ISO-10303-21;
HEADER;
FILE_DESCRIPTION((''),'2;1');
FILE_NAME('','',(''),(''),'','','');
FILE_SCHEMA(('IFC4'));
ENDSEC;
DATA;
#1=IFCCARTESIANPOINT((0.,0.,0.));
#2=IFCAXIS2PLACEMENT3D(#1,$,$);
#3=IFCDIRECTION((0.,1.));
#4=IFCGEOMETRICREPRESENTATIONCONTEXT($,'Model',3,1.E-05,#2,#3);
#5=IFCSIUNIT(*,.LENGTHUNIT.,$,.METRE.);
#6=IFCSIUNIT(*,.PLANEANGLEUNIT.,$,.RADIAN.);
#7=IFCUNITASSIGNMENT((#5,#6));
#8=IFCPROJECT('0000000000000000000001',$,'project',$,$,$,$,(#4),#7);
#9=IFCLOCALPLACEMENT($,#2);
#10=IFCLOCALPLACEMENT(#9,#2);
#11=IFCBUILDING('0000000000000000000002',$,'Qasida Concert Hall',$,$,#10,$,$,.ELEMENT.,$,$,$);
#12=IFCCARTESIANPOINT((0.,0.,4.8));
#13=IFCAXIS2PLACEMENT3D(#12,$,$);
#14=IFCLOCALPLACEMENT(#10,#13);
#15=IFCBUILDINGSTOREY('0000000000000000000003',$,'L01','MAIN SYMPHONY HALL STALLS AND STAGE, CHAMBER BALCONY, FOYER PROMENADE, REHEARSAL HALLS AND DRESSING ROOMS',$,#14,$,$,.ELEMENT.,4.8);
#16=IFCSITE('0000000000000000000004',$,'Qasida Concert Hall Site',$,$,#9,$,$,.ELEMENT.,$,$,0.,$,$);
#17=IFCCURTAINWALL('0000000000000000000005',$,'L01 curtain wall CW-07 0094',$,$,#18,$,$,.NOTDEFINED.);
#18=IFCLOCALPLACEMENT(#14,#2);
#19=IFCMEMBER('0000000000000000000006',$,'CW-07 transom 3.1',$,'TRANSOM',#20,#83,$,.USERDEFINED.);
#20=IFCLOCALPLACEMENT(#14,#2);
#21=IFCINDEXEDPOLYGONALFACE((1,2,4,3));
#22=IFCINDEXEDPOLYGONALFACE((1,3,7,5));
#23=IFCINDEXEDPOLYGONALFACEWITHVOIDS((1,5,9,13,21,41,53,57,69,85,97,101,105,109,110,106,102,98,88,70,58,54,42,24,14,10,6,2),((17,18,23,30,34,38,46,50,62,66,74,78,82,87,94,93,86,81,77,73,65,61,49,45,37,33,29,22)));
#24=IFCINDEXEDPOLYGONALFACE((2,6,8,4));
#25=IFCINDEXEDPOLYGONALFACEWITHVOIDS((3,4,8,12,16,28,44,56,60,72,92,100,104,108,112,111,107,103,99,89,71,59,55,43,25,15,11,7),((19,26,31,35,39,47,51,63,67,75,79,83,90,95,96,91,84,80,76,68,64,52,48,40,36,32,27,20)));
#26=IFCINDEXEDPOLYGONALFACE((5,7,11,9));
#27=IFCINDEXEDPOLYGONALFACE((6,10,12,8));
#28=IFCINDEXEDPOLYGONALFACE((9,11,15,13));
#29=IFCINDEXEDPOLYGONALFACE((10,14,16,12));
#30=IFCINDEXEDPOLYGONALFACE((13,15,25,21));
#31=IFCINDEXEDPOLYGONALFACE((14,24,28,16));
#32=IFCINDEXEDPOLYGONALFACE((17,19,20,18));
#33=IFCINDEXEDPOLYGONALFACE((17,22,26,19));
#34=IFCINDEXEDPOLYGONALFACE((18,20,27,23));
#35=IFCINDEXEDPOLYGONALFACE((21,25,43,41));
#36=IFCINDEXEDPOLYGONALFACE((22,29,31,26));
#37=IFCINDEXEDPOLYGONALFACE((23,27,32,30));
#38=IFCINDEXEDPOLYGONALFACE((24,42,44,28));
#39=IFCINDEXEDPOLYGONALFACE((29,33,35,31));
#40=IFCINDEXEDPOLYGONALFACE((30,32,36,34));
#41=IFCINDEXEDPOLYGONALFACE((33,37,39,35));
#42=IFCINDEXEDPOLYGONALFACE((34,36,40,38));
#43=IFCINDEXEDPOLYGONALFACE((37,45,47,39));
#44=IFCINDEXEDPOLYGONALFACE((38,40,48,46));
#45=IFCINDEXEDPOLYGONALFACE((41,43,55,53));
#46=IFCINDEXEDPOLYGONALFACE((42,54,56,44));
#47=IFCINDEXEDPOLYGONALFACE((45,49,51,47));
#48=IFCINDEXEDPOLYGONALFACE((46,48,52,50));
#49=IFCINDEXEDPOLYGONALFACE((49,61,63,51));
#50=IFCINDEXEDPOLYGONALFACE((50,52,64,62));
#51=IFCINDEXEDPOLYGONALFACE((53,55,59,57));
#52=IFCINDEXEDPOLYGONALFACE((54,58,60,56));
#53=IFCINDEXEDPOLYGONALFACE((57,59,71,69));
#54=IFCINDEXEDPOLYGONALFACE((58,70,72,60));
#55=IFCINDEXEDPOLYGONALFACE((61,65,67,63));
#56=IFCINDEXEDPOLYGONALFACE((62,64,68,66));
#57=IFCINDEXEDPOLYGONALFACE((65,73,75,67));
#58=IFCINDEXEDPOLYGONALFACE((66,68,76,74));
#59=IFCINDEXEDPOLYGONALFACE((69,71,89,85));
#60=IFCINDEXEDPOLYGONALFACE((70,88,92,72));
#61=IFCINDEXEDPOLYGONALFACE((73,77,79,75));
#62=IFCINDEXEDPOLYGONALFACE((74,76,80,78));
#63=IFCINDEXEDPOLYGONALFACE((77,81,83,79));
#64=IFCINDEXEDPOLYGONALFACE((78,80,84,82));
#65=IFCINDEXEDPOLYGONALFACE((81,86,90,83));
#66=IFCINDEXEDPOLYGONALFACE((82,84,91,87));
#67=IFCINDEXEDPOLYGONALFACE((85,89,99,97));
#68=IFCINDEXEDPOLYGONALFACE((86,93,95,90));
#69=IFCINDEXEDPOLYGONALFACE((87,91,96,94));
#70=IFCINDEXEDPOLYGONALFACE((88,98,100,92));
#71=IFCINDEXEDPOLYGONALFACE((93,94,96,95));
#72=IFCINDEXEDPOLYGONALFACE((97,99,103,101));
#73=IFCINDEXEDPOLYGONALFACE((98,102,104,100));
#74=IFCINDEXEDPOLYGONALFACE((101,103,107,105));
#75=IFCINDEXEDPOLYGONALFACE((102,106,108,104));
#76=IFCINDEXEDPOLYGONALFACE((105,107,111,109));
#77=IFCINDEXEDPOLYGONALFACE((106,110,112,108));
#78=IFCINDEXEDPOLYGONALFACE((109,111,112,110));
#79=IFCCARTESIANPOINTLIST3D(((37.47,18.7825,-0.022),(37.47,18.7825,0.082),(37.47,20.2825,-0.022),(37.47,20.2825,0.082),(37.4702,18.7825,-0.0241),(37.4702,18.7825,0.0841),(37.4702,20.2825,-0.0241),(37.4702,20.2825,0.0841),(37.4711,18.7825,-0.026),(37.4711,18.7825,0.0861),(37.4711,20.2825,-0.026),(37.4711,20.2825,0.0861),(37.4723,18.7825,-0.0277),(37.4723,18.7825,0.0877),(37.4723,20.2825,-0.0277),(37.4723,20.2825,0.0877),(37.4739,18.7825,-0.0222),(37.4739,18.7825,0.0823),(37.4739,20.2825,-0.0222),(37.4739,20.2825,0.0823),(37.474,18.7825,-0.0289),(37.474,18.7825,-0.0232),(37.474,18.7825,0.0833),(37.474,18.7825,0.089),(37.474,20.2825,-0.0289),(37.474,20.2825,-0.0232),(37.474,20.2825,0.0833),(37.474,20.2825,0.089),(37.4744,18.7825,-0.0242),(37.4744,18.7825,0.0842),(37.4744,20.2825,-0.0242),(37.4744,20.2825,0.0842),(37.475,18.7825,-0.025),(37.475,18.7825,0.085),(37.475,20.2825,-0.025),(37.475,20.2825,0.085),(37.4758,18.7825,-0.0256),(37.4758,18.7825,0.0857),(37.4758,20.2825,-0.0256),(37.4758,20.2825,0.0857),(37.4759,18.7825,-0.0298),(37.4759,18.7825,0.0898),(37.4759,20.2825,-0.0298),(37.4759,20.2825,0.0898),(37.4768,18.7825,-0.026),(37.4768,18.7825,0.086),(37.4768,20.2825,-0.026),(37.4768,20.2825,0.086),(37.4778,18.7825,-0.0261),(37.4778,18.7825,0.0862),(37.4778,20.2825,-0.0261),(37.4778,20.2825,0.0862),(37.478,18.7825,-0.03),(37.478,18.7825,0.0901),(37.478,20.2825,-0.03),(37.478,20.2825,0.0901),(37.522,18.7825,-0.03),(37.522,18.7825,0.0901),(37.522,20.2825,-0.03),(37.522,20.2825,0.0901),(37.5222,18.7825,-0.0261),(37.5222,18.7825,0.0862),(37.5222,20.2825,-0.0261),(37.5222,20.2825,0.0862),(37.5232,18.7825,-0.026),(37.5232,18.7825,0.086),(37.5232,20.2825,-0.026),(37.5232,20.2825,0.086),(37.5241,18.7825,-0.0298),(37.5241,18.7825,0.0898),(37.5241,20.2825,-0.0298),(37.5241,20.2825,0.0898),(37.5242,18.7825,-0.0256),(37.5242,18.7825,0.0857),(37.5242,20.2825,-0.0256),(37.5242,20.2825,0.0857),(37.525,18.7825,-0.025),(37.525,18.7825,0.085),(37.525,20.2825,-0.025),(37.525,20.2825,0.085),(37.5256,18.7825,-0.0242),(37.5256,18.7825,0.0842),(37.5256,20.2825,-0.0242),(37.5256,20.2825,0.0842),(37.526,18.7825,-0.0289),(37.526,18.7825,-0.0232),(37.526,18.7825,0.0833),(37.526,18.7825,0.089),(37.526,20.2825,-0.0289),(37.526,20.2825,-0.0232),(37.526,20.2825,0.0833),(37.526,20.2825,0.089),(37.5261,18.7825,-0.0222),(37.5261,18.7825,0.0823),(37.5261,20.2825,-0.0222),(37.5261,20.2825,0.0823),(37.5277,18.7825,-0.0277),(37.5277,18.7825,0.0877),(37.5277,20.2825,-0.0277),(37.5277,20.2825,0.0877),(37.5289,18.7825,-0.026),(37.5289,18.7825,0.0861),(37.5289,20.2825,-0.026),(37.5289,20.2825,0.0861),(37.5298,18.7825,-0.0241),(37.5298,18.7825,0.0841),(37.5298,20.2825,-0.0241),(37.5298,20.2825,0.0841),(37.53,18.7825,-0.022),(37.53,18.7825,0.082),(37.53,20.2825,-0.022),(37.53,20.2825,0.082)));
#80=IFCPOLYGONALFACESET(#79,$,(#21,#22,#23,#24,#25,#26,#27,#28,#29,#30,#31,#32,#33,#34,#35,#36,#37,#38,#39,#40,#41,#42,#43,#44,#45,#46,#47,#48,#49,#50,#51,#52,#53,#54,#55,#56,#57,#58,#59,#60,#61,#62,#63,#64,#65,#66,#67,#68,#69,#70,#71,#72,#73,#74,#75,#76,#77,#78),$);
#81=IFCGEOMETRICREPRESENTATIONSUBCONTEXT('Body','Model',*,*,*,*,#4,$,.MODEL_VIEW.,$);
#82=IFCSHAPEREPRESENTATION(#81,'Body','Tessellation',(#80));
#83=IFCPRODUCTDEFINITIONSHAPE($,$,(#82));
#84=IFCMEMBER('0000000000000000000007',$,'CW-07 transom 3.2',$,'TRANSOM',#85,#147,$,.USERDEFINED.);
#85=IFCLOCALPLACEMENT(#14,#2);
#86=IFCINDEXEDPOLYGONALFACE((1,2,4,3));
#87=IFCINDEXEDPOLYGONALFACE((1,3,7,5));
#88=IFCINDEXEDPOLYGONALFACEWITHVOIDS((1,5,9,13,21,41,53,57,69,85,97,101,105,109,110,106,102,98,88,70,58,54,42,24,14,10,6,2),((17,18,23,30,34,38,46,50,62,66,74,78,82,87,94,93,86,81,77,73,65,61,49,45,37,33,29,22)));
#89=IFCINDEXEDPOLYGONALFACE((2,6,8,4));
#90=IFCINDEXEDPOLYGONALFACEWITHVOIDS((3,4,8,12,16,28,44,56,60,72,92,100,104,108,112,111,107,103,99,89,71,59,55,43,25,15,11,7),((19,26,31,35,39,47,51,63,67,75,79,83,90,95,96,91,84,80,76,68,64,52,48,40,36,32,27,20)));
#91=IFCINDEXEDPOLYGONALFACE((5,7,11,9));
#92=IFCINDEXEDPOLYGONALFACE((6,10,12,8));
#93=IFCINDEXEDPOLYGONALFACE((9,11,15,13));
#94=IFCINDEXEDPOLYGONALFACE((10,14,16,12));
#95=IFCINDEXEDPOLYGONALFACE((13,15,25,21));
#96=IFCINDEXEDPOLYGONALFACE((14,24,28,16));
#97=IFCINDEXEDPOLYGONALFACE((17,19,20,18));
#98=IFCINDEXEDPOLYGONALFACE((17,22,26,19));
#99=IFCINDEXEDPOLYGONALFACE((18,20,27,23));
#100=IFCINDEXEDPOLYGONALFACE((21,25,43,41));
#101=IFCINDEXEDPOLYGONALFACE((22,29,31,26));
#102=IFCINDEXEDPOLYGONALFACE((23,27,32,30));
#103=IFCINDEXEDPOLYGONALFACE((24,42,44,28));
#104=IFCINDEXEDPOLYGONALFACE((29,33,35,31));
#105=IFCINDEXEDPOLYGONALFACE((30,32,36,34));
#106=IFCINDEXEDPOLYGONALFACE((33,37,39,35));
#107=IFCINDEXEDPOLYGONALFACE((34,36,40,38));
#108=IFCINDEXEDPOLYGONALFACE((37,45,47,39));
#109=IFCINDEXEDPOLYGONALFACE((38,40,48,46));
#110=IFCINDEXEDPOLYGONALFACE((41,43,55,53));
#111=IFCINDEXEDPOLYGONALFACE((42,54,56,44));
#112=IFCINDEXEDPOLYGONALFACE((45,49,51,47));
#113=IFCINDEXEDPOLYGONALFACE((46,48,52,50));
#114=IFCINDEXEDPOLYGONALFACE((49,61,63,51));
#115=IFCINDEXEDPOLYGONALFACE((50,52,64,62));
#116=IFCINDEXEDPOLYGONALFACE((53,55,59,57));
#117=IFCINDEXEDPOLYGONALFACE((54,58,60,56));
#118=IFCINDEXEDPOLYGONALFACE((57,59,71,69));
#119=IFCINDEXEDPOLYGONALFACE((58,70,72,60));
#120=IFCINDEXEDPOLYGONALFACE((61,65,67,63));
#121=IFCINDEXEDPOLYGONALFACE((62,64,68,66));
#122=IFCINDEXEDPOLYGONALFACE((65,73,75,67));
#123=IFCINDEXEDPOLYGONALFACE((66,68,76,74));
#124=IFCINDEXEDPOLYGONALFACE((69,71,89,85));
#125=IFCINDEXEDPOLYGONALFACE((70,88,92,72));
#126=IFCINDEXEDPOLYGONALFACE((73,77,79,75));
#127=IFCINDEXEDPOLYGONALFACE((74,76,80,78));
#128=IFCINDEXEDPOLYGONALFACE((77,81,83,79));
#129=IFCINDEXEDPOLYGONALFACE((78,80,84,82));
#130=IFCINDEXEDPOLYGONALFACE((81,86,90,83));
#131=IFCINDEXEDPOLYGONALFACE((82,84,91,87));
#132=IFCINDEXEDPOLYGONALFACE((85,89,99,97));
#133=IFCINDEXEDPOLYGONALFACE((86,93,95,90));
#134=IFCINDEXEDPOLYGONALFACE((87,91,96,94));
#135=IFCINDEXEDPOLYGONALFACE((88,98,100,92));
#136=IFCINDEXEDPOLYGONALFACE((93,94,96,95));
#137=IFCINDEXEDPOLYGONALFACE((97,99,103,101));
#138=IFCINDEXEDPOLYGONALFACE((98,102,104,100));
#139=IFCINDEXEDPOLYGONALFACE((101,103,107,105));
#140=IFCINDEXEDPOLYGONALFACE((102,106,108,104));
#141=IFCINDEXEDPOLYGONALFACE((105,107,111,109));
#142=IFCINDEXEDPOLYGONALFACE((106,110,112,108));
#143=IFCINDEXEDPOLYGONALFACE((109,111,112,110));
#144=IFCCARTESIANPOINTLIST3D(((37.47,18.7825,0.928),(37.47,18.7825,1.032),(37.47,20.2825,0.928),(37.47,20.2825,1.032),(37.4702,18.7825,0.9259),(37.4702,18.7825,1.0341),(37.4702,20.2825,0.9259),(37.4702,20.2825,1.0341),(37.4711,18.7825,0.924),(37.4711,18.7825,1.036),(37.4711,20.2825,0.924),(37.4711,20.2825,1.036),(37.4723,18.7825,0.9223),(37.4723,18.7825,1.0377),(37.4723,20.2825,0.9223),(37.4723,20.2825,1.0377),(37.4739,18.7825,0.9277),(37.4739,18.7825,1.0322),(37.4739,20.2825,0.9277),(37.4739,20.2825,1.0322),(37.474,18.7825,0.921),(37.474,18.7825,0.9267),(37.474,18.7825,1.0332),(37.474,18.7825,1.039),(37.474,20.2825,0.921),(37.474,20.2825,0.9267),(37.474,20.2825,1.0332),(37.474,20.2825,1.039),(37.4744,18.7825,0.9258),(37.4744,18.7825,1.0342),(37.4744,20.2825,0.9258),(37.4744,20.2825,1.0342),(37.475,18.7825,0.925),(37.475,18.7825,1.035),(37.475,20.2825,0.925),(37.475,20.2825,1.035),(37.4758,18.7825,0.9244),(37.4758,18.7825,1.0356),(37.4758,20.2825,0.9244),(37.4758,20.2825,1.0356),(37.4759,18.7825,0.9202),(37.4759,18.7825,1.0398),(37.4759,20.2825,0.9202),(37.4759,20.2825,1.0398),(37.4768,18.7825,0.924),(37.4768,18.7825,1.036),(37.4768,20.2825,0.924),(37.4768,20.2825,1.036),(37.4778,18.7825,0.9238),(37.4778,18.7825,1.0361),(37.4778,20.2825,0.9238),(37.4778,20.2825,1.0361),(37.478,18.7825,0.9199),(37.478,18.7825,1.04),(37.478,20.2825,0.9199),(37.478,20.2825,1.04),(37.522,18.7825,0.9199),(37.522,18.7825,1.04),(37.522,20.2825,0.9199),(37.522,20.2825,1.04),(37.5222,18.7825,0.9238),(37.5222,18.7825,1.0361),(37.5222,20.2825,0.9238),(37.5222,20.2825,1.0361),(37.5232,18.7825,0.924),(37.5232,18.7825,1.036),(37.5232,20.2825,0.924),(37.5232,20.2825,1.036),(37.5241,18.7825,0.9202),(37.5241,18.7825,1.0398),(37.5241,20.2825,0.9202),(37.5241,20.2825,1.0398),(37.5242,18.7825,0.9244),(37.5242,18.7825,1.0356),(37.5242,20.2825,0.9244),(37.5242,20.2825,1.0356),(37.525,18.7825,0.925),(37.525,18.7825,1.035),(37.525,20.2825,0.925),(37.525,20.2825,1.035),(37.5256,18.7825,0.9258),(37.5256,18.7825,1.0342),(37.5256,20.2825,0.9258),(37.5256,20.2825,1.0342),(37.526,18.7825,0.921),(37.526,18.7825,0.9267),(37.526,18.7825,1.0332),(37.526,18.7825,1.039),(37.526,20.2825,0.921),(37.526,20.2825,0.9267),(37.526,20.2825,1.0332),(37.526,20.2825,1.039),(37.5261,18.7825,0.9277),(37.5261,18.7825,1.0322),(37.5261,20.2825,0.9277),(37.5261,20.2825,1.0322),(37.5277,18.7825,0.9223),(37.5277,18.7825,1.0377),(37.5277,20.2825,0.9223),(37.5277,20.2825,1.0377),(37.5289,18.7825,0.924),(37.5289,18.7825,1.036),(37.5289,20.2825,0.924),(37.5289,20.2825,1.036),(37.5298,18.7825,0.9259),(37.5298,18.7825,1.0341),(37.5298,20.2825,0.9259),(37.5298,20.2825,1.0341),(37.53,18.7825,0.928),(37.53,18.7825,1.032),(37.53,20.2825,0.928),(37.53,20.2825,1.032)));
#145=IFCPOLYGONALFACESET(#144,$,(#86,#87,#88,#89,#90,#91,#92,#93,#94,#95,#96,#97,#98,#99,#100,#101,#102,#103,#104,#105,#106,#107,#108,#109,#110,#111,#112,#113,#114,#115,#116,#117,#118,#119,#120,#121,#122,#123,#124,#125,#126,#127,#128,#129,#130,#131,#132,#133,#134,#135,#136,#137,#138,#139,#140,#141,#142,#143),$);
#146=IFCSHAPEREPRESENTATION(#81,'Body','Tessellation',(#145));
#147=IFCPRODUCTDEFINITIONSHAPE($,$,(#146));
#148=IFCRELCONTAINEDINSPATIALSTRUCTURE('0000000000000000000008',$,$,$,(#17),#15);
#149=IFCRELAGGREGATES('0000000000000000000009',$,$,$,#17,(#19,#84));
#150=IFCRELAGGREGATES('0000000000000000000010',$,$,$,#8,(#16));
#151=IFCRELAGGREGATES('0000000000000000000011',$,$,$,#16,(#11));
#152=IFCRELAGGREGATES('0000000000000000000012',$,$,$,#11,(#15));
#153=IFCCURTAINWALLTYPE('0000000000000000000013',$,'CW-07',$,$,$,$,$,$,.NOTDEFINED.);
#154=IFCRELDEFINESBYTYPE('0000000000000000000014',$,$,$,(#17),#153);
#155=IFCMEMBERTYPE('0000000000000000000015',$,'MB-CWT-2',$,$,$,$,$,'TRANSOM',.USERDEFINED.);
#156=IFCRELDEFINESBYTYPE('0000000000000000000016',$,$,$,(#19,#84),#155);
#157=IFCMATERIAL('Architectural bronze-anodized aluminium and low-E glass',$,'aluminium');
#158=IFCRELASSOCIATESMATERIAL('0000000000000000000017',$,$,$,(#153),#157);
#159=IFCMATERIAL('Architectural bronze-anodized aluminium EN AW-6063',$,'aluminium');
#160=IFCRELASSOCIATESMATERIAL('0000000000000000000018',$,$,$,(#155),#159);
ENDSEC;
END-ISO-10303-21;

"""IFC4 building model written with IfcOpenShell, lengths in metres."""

from ifc_helpers import new_model, si_unit, direction, frame, origin, origin_2d, place, context, subcontext, project, spatial, hollow_rectangle, extrude, material, material_profile, profile_set, type_object, element, aggregate, save


model = new_model("IFC4")

# Units and contexts
model_context = context("Model", 3, precision=1e-05, world=origin(), true_north=direction((0.0, 1.0)))
body_context = subcontext(model_context, "Body", "Model", "MODEL_VIEW")
ifc_project = project(units=[si_unit("LENGTHUNIT", "METRE"), si_unit("PLANEANGLEUNIT", "RADIAN")], contexts=[model_context])

# Site, building, storey
site_placement = place(None, origin())
site = spatial("IfcSite", under=ifc_project, at=site_placement, Name="Qasida Concert Hall Site", CompositionType="ELEMENT", RefElevation=0.0)
building_placement = place(site_placement, origin())
building = spatial("IfcBuilding", under=site, at=building_placement, Name="Qasida Concert Hall", CompositionType="ELEMENT")
storey_placement = place(building_placement, frame((0.0, 0.0, 4.8)))
storey = spatial("IfcBuildingStorey", under=building, at=storey_placement, Name="L01", Description="MAIN SYMPHONY HALL STALLS AND STAGE, CHAMBER BALCONY, FOYER PROMENADE, REHEARSAL HALLS AND DRESSING ROOMS", CompositionType="ELEMENT", Elevation=4.8)

# Curtain wall, members
ifc_material_1 = material(Name="Architectural bronze-anodized aluminium and low-E glass", Category="aluminium")
curtain_wall_type = type_object("IfcCurtainWallType", Name="CW-07", PredefinedType="NOTDEFINED", material=ifc_material_1)
curtain_wall_placement = place(storey_placement, origin())
curtain_wall = element("IfcCurtainWall", 1, at=curtain_wall_placement, inside=storey, type_object=curtain_wall_type, Name="L01 curtain wall CW-07 0094", PredefinedType="NOTDEFINED")
ifc_material_2 = material(Name="Architectural bronze-anodized aluminium EN AW-6063", Category="aluminium")
ifc_material_profile_1 = material_profile(ifc_material_2, hollow_rectangle(XDim=0.0601, YDim=0.1201, WallThickness=0.0039, InnerFilletRadius=0.0039, OuterFilletRadius=0.0081, at=origin_2d()), Name="CWT 120x60x4")
ifc_profile_set_1 = profile_set([ifc_material_profile_1], Name="Architectural bronze-anodized aluminium EN AW-6063")
member_type_1 = type_object("IfcMemberType", Name="MB-CWT-2", ElementType="TRANSOM", PredefinedType="USERDEFINED", material=ifc_profile_set_1)
member_1_placement = place(storey_placement, frame((37.5, 18.7825, 0.03), z_axis=(0.0, 1.0, 0.0), x_axis=(-1.0, 0.0, 0.0)))
member_1 = element("IfcMember", 2, at=member_1_placement, type_object=member_type_1, Name="CW-07 transom 3.1", ObjectType="TRANSOM", PredefinedType="USERDEFINED", context=body_context, shape_type="SweptSolid", body=[
    extrude(hollow_rectangle(XDim=0.0601, YDim=0.1201, WallThickness=0.0039, InnerFilletRadius=0.0039, OuterFilletRadius=0.0081, at=origin_2d()), origin(), (0.0, 0.0, 1.0), 1.5),
])
member_2_placement = place(storey_placement, frame((37.5, 18.7825, 0.98), z_axis=(0.0, 1.0, 0.0), x_axis=(-1.0, 0.0, 0.0)))
member_2 = element("IfcMember", 3, at=member_2_placement, type_object=member_type_1, Name="CW-07 transom 3.2", ObjectType="TRANSOM", PredefinedType="USERDEFINED", context=body_context, shape_type="SweptSolid", body=[
    extrude(hollow_rectangle(XDim=0.0601, YDim=0.1201, WallThickness=0.0039, InnerFilletRadius=0.0039, OuterFilletRadius=0.0081, at=origin_2d()), origin(), (0.0, 0.0, 1.0), 1.5),
])
aggregate(curtain_wall, [member_1, member_2])

save(model, "model.ifc")
